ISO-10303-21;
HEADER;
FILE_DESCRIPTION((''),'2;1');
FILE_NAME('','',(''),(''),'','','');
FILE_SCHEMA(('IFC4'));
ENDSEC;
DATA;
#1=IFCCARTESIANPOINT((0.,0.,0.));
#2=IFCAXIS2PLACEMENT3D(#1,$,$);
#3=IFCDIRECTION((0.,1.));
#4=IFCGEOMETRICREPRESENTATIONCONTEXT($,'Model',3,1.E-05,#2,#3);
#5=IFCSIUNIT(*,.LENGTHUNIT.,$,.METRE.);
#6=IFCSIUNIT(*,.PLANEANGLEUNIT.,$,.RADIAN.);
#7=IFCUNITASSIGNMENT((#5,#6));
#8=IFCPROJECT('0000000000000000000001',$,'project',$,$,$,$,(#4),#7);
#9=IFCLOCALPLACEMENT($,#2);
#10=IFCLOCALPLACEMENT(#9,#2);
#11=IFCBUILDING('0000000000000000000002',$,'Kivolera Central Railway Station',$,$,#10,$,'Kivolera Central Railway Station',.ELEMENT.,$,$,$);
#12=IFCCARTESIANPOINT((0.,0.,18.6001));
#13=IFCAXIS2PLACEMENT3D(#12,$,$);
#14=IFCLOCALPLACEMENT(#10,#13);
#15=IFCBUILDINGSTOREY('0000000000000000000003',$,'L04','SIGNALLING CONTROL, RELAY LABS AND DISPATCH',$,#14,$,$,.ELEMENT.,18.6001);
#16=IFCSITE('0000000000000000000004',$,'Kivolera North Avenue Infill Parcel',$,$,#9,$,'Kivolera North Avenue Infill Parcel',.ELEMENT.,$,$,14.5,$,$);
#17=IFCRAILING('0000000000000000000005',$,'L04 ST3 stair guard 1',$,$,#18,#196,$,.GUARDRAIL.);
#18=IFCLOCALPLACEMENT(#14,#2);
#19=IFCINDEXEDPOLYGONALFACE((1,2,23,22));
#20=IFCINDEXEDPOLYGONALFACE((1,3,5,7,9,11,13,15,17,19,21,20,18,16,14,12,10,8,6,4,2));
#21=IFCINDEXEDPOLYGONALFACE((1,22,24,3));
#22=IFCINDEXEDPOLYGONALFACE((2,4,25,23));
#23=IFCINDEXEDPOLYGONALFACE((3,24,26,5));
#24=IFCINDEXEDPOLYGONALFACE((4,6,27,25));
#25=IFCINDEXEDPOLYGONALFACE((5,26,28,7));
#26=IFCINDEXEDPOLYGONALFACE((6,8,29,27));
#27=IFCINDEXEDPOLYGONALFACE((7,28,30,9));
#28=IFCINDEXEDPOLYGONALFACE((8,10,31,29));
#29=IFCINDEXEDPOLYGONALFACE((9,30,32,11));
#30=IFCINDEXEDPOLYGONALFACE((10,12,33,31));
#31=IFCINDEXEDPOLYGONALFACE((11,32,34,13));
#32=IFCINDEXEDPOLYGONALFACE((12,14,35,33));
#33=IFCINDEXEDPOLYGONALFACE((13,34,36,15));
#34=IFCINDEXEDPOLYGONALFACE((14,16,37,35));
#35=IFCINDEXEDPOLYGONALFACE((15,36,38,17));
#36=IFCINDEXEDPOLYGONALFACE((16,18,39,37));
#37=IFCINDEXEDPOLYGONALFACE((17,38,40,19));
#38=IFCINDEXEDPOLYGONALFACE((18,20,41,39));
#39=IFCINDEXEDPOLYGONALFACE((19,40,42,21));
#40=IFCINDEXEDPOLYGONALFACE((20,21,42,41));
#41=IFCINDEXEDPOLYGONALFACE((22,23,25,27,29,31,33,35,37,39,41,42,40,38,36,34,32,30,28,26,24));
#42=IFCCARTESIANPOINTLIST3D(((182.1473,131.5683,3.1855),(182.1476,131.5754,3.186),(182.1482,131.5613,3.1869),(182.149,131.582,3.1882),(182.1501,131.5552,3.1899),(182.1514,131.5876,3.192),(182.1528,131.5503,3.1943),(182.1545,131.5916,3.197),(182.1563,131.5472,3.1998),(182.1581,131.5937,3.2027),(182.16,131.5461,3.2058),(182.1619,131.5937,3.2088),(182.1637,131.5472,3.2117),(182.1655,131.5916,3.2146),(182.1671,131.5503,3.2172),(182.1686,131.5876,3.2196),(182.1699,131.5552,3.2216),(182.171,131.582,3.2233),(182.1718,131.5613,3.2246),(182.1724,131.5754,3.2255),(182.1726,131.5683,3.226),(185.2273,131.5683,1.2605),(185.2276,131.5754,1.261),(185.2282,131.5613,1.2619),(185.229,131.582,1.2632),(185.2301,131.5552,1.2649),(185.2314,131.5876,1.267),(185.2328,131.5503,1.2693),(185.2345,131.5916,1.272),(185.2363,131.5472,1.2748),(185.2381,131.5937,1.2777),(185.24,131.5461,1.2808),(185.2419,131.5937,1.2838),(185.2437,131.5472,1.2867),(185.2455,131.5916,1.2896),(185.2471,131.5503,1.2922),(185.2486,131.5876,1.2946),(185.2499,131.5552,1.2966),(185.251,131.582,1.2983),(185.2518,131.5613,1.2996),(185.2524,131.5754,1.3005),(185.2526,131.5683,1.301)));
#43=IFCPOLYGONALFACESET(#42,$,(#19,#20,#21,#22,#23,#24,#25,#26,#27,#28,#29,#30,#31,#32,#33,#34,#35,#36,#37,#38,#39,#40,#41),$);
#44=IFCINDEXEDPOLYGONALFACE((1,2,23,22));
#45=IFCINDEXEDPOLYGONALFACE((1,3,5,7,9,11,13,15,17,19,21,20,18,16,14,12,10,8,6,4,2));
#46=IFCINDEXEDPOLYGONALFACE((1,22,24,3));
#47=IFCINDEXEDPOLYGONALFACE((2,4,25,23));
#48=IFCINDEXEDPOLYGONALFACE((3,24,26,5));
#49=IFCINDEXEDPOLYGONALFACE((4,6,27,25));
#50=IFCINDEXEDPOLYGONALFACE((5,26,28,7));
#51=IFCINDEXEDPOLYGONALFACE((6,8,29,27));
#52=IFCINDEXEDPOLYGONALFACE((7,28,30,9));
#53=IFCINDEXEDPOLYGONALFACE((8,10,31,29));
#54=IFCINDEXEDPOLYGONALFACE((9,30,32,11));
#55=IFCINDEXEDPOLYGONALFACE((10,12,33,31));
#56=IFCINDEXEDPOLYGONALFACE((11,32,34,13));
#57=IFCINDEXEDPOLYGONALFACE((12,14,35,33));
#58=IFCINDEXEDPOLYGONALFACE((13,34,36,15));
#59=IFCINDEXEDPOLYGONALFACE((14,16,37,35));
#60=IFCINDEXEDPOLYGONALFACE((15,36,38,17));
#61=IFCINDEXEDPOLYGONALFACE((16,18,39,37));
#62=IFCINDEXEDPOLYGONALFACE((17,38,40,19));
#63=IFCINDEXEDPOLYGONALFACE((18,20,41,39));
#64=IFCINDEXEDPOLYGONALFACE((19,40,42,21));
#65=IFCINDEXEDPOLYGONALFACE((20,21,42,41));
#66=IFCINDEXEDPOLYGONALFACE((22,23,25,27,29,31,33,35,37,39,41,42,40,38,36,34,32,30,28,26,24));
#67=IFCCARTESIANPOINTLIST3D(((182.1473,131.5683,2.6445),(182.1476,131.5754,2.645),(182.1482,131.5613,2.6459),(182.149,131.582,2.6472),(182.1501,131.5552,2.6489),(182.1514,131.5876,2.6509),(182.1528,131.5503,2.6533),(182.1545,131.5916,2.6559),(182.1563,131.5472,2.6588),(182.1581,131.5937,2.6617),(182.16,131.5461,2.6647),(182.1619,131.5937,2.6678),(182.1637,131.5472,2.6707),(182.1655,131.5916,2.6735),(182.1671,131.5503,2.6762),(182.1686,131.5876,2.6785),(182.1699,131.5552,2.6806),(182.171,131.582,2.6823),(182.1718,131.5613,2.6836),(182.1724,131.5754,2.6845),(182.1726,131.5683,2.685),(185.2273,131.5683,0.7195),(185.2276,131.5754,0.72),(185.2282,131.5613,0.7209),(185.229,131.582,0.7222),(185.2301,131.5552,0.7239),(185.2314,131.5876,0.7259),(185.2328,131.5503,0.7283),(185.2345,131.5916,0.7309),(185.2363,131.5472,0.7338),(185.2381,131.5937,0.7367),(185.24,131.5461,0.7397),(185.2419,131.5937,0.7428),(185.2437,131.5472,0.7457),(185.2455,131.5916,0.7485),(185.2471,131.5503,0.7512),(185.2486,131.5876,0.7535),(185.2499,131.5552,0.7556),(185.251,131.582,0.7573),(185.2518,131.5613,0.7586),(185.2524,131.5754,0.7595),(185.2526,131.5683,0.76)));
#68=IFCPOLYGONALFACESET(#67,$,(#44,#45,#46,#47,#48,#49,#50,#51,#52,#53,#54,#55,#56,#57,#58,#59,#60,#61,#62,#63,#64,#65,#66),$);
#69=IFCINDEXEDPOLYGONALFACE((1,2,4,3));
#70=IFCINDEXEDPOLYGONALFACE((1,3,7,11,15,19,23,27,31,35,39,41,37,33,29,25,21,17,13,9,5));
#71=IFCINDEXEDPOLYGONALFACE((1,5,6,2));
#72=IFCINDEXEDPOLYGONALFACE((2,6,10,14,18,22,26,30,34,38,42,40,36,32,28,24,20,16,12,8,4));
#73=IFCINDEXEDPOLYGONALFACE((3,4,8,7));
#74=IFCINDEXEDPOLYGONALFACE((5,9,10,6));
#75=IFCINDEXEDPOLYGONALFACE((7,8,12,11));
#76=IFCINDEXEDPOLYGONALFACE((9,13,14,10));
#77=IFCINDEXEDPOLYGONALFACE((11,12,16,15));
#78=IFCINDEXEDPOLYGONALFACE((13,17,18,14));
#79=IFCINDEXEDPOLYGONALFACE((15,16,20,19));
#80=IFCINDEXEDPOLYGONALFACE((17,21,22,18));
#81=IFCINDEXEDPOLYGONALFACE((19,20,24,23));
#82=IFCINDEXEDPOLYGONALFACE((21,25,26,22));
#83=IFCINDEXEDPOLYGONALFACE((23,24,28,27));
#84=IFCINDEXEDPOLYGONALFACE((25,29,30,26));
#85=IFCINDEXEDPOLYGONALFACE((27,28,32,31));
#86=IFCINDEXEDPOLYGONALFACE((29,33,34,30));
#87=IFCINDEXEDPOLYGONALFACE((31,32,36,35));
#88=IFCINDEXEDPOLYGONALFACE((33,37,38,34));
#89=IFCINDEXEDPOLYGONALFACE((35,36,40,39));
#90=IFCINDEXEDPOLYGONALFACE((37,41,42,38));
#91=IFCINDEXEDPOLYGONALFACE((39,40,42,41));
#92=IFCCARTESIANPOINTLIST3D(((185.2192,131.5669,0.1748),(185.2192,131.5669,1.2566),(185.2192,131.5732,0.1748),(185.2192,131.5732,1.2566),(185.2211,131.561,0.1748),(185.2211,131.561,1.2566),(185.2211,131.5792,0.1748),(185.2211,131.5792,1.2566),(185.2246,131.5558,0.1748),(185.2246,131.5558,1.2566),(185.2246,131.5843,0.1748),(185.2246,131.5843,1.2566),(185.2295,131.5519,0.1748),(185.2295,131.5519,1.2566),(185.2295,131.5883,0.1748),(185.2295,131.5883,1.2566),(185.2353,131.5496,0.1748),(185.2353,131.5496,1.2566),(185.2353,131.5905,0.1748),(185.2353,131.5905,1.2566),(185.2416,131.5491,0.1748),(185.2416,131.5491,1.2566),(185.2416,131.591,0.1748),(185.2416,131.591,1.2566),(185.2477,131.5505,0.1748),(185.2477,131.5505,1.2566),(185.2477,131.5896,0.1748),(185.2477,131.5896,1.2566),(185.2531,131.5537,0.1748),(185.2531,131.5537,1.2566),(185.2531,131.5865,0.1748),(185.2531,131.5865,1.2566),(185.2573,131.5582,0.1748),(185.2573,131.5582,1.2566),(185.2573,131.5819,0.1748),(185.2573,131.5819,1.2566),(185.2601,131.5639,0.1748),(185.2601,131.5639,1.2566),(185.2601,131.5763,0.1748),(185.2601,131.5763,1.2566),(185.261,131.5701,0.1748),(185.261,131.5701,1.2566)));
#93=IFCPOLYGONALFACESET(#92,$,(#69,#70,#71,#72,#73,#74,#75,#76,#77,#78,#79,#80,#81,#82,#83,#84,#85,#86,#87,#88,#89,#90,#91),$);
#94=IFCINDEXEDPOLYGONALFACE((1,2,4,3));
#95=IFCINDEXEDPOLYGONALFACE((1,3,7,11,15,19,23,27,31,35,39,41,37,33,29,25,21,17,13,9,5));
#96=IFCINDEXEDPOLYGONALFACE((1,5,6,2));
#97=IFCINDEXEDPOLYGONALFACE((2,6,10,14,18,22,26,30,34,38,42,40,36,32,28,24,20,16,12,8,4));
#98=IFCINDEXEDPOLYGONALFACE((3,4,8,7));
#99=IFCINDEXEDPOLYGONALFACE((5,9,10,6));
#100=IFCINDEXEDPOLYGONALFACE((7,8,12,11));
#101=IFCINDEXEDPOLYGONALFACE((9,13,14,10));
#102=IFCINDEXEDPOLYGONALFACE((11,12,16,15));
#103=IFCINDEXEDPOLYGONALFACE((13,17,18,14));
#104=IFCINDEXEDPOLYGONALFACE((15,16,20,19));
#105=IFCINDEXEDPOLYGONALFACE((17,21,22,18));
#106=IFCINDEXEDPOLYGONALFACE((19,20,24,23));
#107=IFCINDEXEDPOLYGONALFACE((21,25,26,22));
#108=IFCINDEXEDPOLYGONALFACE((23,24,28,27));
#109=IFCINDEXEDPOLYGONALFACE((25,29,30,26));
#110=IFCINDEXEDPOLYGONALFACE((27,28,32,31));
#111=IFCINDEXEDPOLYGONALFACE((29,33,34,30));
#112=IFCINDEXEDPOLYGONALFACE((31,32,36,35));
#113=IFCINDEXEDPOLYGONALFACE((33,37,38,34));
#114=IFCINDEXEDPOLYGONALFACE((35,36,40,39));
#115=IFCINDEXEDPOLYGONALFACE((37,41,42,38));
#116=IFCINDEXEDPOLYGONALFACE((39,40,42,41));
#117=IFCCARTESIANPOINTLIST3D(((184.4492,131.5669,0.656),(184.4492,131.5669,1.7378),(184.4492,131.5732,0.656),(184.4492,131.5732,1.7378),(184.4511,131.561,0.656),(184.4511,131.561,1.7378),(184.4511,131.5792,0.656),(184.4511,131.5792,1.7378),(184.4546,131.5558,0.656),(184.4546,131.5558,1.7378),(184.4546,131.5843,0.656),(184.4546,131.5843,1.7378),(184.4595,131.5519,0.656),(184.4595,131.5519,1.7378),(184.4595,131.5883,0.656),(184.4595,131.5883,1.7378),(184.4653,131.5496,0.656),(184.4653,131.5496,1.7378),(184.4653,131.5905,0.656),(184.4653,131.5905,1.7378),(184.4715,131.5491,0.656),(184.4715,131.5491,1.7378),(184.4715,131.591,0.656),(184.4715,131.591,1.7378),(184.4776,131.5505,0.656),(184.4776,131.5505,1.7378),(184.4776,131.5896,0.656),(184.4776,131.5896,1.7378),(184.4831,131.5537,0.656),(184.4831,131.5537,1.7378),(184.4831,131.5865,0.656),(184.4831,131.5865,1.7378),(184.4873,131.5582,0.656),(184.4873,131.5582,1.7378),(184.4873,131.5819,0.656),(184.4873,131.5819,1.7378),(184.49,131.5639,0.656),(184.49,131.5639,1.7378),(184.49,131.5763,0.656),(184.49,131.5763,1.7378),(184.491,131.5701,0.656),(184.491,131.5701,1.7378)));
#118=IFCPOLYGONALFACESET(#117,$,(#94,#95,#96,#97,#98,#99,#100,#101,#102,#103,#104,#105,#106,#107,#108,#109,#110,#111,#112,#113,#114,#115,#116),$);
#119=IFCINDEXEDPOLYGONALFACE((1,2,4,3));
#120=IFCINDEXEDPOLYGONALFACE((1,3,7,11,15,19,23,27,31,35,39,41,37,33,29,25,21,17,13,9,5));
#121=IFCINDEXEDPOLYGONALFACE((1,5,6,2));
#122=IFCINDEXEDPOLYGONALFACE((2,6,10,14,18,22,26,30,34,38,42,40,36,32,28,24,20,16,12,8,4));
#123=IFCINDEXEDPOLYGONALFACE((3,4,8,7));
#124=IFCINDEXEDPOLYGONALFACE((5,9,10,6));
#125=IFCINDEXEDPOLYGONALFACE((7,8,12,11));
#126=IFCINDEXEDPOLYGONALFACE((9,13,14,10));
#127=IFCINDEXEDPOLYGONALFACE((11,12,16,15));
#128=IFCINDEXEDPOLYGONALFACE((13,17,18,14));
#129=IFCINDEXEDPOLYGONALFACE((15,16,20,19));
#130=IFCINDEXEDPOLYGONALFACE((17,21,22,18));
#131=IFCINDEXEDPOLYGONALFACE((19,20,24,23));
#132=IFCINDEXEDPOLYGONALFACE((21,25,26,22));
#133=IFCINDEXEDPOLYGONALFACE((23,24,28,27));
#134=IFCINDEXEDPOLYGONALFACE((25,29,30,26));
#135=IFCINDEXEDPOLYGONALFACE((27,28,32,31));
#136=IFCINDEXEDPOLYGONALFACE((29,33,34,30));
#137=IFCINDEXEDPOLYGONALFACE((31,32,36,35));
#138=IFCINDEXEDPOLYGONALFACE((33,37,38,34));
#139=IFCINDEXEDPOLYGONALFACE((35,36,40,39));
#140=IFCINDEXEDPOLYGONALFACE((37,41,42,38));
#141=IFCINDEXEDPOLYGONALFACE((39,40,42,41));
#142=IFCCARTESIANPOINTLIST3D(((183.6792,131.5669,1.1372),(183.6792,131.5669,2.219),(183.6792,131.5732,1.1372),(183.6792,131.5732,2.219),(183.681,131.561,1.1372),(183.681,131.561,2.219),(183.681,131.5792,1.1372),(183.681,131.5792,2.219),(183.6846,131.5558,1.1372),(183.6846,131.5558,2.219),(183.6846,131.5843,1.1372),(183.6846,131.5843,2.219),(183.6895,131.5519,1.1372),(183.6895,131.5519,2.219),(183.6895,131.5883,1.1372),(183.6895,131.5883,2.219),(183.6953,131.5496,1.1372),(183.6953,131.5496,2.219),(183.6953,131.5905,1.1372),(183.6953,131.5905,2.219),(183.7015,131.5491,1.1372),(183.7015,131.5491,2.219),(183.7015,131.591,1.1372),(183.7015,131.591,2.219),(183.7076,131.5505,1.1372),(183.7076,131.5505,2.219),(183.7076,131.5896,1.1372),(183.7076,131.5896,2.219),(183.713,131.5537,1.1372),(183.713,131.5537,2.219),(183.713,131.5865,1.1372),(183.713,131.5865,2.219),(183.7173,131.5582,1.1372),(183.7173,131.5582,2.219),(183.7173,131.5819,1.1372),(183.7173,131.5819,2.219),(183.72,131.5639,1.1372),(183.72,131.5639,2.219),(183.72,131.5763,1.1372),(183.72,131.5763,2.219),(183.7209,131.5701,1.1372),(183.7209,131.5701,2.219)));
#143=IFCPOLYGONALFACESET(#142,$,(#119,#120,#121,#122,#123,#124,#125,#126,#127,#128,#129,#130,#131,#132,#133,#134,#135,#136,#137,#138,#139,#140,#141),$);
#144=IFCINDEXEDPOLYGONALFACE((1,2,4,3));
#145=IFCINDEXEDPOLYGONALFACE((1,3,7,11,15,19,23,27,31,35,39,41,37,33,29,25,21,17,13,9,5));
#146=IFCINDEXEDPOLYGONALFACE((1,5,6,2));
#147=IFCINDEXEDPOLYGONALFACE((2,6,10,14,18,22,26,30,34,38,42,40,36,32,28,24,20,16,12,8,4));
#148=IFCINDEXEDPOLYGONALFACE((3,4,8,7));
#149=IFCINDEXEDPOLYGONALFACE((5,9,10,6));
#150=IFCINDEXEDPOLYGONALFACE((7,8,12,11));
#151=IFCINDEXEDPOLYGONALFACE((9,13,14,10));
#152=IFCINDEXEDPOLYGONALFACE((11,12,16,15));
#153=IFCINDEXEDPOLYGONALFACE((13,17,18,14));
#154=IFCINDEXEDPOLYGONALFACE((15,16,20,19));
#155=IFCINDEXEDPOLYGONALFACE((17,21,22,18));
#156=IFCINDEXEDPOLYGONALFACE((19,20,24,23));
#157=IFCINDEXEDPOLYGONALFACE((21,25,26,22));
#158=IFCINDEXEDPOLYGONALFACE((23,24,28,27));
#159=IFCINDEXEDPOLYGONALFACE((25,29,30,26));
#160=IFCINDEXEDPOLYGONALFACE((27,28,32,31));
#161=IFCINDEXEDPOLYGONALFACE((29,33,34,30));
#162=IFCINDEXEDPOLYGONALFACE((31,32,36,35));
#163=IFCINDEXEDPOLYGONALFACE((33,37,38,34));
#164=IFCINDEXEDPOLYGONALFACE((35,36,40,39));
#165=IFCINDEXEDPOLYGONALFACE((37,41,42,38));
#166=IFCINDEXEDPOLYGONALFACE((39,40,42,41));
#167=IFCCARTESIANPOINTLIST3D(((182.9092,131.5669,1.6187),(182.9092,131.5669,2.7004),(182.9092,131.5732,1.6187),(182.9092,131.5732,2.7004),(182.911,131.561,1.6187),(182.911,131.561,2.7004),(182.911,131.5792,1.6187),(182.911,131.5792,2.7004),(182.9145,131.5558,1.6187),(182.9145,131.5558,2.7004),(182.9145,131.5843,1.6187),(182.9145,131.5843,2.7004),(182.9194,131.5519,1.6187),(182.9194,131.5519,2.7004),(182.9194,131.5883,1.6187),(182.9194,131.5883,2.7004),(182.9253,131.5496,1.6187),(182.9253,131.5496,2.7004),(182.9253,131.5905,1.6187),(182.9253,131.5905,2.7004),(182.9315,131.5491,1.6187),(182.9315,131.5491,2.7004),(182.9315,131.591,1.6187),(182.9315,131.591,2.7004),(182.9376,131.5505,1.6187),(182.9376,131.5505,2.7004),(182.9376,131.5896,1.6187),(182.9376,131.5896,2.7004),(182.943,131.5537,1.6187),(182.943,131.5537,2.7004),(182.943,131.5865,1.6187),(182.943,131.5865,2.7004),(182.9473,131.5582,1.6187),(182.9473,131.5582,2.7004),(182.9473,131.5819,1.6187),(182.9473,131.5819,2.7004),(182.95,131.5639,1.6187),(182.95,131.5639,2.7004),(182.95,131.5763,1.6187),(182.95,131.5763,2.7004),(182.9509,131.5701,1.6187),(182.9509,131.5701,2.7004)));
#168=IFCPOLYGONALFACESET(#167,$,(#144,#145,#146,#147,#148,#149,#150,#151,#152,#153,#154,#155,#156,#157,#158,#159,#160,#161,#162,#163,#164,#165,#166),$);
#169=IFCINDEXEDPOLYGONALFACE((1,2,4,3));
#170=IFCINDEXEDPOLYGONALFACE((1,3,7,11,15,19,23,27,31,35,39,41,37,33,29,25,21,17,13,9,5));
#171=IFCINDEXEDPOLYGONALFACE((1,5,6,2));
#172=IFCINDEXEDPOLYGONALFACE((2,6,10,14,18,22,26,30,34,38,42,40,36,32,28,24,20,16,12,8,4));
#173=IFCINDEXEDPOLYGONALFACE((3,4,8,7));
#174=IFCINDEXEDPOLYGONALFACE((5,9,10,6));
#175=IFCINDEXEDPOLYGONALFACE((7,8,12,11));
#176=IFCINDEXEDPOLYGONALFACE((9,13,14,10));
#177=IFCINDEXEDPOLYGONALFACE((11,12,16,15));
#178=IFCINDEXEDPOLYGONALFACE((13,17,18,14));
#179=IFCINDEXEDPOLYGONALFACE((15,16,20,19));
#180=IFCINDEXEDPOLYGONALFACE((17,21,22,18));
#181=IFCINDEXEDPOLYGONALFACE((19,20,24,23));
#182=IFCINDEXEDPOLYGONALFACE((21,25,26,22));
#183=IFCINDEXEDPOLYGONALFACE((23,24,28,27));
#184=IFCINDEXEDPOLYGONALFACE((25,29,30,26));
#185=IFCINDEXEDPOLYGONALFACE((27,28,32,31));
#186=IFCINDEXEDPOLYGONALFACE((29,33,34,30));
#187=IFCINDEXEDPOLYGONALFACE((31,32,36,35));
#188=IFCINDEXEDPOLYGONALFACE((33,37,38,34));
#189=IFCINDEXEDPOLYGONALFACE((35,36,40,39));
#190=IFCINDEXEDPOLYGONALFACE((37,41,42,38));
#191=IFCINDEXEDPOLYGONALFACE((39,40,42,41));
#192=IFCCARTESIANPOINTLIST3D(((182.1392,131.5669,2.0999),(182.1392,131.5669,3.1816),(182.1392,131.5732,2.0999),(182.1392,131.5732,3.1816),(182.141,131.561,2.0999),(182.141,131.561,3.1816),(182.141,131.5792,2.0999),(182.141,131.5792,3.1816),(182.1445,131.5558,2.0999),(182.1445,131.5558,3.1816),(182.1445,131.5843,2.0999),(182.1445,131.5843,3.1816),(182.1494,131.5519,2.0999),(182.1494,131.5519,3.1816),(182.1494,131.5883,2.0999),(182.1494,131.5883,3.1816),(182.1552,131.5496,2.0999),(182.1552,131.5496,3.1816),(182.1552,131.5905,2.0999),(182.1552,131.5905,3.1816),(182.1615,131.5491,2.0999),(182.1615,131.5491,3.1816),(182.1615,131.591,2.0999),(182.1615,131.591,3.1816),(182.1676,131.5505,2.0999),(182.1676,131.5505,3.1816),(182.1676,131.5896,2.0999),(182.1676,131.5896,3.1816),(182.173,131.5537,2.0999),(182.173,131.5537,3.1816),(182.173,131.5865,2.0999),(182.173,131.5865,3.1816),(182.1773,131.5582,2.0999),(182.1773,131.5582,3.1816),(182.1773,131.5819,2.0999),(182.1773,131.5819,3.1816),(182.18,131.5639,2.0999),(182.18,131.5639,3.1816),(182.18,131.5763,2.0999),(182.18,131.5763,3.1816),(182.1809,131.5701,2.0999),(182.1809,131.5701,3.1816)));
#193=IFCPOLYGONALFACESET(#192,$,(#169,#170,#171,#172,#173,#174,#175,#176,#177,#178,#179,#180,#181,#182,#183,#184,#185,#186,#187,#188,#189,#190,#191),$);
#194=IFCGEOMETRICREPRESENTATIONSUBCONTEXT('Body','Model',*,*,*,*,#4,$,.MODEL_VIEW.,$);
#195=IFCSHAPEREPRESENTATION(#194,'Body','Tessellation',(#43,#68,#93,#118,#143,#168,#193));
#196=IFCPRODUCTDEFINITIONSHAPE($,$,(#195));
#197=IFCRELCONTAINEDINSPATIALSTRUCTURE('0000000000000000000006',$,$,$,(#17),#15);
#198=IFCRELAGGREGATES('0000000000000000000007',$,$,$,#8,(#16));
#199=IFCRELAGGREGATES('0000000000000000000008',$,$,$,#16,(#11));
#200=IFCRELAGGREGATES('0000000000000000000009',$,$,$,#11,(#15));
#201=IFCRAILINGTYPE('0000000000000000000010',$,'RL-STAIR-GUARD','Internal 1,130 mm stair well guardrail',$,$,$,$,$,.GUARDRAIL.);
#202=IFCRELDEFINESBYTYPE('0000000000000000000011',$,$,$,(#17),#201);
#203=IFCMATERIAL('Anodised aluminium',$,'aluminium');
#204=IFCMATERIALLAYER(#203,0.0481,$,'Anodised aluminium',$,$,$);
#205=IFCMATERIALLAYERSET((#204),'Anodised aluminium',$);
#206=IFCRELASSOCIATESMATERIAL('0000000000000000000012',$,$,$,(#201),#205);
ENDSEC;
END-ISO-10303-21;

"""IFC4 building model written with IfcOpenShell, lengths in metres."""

from ifc_helpers import new_model, si_unit, direction, frame, origin, origin_2d, place, context, subcontext, project, spatial, circle, extrude, material, layer, layer_set, type_object, element, save


model = new_model("IFC4")

# Units and contexts
model_context = context("Model", 3, precision=1e-05, world=origin(), true_north=direction((0.0, 1.0)))
body_context = subcontext(model_context, "Body", "Model", "MODEL_VIEW")
ifc_project = project(units=[si_unit("LENGTHUNIT", "METRE"), si_unit("PLANEANGLEUNIT", "RADIAN")], contexts=[model_context])

# Site, building, storey
site_placement = place(None, origin())
site = spatial("IfcSite", under=ifc_project, at=site_placement, Name="Kivolera North Avenue Infill Parcel", LongName="Kivolera North Avenue Infill Parcel", CompositionType="ELEMENT", RefElevation=14.5)
building_placement = place(site_placement, origin())
building = spatial("IfcBuilding", under=site, at=building_placement, Name="Kivolera Central Railway Station", LongName="Kivolera Central Railway Station", CompositionType="ELEMENT")
storey_placement = place(building_placement, frame((0.0, 0.0, 18.6001)))
storey = spatial("IfcBuildingStorey", under=building, at=storey_placement, Name="L04", Description="SIGNALLING CONTROL, RELAY LABS AND DISPATCH", CompositionType="ELEMENT", Elevation=18.6001)

# Shared definitions
ifc_material_1 = material(Name="Anodised aluminium", Category="aluminium")

# Railing
ifc_layer_1 = layer(ifc_material_1, 0.0481, Name="Anodised aluminium")
ifc_layer_set_1 = layer_set([ifc_layer_1], Name="Anodised aluminium")
railing_type_1 = type_object("IfcRailingType", Name="RL-STAIR-GUARD", Description="Internal 1,130 mm stair well guardrail", PredefinedType="GUARDRAIL", material=ifc_layer_set_1)
railing_1_placement = place(storey_placement, frame((185.24, 131.5701, 0.1748)))
element("IfcRailing", 1, at=railing_1_placement, inside=storey, type_object=railing_type_1, Name="L04 ST3 stair guard 1", PredefinedType="GUARDRAIL", context=body_context, shape_type="SweptSolid", body=[
    extrude(circle(Radius=0.0239, at=origin_2d()), frame((0.0, 0.0, 1.106), z_axis=(-0.847998, 0.0, 0.529999), x_axis=(0.0, -1.0, 0.0)), (0.0, 0.0, 1.0), 3.6321),
    extrude(circle(Radius=0.0239, at=origin_2d()), frame((0.0, 0.0, 0.5649), z_axis=(-0.847998, 0.0, 0.529999), x_axis=(0.0, -1.0, 0.0)), (0.0, 0.0, 1.0), 3.6321),
    extrude(circle(Radius=0.021, at=origin_2d()), origin(), (0.0, 0.0, 1.0), 1.0818),
    extrude(circle(Radius=0.021, at=origin_2d()), frame((-0.77, 0.0, 0.4812)), (0.0, 0.0, 1.0), 1.0818),
    extrude(circle(Radius=0.021, at=origin_2d()), frame((-1.54, 0.0, 0.9624)), (0.0, 0.0, 1.0), 1.0818),
    extrude(circle(Radius=0.021, at=origin_2d()), frame((-2.3101, 0.0, 1.4438)), (0.0, 0.0, 1.0), 1.0818),
    extrude(circle(Radius=0.021, at=origin_2d()), frame((-3.0801, 0.0, 1.925)), (0.0, 0.0, 1.0), 1.0818),
])

save(model, "model.ifc")
